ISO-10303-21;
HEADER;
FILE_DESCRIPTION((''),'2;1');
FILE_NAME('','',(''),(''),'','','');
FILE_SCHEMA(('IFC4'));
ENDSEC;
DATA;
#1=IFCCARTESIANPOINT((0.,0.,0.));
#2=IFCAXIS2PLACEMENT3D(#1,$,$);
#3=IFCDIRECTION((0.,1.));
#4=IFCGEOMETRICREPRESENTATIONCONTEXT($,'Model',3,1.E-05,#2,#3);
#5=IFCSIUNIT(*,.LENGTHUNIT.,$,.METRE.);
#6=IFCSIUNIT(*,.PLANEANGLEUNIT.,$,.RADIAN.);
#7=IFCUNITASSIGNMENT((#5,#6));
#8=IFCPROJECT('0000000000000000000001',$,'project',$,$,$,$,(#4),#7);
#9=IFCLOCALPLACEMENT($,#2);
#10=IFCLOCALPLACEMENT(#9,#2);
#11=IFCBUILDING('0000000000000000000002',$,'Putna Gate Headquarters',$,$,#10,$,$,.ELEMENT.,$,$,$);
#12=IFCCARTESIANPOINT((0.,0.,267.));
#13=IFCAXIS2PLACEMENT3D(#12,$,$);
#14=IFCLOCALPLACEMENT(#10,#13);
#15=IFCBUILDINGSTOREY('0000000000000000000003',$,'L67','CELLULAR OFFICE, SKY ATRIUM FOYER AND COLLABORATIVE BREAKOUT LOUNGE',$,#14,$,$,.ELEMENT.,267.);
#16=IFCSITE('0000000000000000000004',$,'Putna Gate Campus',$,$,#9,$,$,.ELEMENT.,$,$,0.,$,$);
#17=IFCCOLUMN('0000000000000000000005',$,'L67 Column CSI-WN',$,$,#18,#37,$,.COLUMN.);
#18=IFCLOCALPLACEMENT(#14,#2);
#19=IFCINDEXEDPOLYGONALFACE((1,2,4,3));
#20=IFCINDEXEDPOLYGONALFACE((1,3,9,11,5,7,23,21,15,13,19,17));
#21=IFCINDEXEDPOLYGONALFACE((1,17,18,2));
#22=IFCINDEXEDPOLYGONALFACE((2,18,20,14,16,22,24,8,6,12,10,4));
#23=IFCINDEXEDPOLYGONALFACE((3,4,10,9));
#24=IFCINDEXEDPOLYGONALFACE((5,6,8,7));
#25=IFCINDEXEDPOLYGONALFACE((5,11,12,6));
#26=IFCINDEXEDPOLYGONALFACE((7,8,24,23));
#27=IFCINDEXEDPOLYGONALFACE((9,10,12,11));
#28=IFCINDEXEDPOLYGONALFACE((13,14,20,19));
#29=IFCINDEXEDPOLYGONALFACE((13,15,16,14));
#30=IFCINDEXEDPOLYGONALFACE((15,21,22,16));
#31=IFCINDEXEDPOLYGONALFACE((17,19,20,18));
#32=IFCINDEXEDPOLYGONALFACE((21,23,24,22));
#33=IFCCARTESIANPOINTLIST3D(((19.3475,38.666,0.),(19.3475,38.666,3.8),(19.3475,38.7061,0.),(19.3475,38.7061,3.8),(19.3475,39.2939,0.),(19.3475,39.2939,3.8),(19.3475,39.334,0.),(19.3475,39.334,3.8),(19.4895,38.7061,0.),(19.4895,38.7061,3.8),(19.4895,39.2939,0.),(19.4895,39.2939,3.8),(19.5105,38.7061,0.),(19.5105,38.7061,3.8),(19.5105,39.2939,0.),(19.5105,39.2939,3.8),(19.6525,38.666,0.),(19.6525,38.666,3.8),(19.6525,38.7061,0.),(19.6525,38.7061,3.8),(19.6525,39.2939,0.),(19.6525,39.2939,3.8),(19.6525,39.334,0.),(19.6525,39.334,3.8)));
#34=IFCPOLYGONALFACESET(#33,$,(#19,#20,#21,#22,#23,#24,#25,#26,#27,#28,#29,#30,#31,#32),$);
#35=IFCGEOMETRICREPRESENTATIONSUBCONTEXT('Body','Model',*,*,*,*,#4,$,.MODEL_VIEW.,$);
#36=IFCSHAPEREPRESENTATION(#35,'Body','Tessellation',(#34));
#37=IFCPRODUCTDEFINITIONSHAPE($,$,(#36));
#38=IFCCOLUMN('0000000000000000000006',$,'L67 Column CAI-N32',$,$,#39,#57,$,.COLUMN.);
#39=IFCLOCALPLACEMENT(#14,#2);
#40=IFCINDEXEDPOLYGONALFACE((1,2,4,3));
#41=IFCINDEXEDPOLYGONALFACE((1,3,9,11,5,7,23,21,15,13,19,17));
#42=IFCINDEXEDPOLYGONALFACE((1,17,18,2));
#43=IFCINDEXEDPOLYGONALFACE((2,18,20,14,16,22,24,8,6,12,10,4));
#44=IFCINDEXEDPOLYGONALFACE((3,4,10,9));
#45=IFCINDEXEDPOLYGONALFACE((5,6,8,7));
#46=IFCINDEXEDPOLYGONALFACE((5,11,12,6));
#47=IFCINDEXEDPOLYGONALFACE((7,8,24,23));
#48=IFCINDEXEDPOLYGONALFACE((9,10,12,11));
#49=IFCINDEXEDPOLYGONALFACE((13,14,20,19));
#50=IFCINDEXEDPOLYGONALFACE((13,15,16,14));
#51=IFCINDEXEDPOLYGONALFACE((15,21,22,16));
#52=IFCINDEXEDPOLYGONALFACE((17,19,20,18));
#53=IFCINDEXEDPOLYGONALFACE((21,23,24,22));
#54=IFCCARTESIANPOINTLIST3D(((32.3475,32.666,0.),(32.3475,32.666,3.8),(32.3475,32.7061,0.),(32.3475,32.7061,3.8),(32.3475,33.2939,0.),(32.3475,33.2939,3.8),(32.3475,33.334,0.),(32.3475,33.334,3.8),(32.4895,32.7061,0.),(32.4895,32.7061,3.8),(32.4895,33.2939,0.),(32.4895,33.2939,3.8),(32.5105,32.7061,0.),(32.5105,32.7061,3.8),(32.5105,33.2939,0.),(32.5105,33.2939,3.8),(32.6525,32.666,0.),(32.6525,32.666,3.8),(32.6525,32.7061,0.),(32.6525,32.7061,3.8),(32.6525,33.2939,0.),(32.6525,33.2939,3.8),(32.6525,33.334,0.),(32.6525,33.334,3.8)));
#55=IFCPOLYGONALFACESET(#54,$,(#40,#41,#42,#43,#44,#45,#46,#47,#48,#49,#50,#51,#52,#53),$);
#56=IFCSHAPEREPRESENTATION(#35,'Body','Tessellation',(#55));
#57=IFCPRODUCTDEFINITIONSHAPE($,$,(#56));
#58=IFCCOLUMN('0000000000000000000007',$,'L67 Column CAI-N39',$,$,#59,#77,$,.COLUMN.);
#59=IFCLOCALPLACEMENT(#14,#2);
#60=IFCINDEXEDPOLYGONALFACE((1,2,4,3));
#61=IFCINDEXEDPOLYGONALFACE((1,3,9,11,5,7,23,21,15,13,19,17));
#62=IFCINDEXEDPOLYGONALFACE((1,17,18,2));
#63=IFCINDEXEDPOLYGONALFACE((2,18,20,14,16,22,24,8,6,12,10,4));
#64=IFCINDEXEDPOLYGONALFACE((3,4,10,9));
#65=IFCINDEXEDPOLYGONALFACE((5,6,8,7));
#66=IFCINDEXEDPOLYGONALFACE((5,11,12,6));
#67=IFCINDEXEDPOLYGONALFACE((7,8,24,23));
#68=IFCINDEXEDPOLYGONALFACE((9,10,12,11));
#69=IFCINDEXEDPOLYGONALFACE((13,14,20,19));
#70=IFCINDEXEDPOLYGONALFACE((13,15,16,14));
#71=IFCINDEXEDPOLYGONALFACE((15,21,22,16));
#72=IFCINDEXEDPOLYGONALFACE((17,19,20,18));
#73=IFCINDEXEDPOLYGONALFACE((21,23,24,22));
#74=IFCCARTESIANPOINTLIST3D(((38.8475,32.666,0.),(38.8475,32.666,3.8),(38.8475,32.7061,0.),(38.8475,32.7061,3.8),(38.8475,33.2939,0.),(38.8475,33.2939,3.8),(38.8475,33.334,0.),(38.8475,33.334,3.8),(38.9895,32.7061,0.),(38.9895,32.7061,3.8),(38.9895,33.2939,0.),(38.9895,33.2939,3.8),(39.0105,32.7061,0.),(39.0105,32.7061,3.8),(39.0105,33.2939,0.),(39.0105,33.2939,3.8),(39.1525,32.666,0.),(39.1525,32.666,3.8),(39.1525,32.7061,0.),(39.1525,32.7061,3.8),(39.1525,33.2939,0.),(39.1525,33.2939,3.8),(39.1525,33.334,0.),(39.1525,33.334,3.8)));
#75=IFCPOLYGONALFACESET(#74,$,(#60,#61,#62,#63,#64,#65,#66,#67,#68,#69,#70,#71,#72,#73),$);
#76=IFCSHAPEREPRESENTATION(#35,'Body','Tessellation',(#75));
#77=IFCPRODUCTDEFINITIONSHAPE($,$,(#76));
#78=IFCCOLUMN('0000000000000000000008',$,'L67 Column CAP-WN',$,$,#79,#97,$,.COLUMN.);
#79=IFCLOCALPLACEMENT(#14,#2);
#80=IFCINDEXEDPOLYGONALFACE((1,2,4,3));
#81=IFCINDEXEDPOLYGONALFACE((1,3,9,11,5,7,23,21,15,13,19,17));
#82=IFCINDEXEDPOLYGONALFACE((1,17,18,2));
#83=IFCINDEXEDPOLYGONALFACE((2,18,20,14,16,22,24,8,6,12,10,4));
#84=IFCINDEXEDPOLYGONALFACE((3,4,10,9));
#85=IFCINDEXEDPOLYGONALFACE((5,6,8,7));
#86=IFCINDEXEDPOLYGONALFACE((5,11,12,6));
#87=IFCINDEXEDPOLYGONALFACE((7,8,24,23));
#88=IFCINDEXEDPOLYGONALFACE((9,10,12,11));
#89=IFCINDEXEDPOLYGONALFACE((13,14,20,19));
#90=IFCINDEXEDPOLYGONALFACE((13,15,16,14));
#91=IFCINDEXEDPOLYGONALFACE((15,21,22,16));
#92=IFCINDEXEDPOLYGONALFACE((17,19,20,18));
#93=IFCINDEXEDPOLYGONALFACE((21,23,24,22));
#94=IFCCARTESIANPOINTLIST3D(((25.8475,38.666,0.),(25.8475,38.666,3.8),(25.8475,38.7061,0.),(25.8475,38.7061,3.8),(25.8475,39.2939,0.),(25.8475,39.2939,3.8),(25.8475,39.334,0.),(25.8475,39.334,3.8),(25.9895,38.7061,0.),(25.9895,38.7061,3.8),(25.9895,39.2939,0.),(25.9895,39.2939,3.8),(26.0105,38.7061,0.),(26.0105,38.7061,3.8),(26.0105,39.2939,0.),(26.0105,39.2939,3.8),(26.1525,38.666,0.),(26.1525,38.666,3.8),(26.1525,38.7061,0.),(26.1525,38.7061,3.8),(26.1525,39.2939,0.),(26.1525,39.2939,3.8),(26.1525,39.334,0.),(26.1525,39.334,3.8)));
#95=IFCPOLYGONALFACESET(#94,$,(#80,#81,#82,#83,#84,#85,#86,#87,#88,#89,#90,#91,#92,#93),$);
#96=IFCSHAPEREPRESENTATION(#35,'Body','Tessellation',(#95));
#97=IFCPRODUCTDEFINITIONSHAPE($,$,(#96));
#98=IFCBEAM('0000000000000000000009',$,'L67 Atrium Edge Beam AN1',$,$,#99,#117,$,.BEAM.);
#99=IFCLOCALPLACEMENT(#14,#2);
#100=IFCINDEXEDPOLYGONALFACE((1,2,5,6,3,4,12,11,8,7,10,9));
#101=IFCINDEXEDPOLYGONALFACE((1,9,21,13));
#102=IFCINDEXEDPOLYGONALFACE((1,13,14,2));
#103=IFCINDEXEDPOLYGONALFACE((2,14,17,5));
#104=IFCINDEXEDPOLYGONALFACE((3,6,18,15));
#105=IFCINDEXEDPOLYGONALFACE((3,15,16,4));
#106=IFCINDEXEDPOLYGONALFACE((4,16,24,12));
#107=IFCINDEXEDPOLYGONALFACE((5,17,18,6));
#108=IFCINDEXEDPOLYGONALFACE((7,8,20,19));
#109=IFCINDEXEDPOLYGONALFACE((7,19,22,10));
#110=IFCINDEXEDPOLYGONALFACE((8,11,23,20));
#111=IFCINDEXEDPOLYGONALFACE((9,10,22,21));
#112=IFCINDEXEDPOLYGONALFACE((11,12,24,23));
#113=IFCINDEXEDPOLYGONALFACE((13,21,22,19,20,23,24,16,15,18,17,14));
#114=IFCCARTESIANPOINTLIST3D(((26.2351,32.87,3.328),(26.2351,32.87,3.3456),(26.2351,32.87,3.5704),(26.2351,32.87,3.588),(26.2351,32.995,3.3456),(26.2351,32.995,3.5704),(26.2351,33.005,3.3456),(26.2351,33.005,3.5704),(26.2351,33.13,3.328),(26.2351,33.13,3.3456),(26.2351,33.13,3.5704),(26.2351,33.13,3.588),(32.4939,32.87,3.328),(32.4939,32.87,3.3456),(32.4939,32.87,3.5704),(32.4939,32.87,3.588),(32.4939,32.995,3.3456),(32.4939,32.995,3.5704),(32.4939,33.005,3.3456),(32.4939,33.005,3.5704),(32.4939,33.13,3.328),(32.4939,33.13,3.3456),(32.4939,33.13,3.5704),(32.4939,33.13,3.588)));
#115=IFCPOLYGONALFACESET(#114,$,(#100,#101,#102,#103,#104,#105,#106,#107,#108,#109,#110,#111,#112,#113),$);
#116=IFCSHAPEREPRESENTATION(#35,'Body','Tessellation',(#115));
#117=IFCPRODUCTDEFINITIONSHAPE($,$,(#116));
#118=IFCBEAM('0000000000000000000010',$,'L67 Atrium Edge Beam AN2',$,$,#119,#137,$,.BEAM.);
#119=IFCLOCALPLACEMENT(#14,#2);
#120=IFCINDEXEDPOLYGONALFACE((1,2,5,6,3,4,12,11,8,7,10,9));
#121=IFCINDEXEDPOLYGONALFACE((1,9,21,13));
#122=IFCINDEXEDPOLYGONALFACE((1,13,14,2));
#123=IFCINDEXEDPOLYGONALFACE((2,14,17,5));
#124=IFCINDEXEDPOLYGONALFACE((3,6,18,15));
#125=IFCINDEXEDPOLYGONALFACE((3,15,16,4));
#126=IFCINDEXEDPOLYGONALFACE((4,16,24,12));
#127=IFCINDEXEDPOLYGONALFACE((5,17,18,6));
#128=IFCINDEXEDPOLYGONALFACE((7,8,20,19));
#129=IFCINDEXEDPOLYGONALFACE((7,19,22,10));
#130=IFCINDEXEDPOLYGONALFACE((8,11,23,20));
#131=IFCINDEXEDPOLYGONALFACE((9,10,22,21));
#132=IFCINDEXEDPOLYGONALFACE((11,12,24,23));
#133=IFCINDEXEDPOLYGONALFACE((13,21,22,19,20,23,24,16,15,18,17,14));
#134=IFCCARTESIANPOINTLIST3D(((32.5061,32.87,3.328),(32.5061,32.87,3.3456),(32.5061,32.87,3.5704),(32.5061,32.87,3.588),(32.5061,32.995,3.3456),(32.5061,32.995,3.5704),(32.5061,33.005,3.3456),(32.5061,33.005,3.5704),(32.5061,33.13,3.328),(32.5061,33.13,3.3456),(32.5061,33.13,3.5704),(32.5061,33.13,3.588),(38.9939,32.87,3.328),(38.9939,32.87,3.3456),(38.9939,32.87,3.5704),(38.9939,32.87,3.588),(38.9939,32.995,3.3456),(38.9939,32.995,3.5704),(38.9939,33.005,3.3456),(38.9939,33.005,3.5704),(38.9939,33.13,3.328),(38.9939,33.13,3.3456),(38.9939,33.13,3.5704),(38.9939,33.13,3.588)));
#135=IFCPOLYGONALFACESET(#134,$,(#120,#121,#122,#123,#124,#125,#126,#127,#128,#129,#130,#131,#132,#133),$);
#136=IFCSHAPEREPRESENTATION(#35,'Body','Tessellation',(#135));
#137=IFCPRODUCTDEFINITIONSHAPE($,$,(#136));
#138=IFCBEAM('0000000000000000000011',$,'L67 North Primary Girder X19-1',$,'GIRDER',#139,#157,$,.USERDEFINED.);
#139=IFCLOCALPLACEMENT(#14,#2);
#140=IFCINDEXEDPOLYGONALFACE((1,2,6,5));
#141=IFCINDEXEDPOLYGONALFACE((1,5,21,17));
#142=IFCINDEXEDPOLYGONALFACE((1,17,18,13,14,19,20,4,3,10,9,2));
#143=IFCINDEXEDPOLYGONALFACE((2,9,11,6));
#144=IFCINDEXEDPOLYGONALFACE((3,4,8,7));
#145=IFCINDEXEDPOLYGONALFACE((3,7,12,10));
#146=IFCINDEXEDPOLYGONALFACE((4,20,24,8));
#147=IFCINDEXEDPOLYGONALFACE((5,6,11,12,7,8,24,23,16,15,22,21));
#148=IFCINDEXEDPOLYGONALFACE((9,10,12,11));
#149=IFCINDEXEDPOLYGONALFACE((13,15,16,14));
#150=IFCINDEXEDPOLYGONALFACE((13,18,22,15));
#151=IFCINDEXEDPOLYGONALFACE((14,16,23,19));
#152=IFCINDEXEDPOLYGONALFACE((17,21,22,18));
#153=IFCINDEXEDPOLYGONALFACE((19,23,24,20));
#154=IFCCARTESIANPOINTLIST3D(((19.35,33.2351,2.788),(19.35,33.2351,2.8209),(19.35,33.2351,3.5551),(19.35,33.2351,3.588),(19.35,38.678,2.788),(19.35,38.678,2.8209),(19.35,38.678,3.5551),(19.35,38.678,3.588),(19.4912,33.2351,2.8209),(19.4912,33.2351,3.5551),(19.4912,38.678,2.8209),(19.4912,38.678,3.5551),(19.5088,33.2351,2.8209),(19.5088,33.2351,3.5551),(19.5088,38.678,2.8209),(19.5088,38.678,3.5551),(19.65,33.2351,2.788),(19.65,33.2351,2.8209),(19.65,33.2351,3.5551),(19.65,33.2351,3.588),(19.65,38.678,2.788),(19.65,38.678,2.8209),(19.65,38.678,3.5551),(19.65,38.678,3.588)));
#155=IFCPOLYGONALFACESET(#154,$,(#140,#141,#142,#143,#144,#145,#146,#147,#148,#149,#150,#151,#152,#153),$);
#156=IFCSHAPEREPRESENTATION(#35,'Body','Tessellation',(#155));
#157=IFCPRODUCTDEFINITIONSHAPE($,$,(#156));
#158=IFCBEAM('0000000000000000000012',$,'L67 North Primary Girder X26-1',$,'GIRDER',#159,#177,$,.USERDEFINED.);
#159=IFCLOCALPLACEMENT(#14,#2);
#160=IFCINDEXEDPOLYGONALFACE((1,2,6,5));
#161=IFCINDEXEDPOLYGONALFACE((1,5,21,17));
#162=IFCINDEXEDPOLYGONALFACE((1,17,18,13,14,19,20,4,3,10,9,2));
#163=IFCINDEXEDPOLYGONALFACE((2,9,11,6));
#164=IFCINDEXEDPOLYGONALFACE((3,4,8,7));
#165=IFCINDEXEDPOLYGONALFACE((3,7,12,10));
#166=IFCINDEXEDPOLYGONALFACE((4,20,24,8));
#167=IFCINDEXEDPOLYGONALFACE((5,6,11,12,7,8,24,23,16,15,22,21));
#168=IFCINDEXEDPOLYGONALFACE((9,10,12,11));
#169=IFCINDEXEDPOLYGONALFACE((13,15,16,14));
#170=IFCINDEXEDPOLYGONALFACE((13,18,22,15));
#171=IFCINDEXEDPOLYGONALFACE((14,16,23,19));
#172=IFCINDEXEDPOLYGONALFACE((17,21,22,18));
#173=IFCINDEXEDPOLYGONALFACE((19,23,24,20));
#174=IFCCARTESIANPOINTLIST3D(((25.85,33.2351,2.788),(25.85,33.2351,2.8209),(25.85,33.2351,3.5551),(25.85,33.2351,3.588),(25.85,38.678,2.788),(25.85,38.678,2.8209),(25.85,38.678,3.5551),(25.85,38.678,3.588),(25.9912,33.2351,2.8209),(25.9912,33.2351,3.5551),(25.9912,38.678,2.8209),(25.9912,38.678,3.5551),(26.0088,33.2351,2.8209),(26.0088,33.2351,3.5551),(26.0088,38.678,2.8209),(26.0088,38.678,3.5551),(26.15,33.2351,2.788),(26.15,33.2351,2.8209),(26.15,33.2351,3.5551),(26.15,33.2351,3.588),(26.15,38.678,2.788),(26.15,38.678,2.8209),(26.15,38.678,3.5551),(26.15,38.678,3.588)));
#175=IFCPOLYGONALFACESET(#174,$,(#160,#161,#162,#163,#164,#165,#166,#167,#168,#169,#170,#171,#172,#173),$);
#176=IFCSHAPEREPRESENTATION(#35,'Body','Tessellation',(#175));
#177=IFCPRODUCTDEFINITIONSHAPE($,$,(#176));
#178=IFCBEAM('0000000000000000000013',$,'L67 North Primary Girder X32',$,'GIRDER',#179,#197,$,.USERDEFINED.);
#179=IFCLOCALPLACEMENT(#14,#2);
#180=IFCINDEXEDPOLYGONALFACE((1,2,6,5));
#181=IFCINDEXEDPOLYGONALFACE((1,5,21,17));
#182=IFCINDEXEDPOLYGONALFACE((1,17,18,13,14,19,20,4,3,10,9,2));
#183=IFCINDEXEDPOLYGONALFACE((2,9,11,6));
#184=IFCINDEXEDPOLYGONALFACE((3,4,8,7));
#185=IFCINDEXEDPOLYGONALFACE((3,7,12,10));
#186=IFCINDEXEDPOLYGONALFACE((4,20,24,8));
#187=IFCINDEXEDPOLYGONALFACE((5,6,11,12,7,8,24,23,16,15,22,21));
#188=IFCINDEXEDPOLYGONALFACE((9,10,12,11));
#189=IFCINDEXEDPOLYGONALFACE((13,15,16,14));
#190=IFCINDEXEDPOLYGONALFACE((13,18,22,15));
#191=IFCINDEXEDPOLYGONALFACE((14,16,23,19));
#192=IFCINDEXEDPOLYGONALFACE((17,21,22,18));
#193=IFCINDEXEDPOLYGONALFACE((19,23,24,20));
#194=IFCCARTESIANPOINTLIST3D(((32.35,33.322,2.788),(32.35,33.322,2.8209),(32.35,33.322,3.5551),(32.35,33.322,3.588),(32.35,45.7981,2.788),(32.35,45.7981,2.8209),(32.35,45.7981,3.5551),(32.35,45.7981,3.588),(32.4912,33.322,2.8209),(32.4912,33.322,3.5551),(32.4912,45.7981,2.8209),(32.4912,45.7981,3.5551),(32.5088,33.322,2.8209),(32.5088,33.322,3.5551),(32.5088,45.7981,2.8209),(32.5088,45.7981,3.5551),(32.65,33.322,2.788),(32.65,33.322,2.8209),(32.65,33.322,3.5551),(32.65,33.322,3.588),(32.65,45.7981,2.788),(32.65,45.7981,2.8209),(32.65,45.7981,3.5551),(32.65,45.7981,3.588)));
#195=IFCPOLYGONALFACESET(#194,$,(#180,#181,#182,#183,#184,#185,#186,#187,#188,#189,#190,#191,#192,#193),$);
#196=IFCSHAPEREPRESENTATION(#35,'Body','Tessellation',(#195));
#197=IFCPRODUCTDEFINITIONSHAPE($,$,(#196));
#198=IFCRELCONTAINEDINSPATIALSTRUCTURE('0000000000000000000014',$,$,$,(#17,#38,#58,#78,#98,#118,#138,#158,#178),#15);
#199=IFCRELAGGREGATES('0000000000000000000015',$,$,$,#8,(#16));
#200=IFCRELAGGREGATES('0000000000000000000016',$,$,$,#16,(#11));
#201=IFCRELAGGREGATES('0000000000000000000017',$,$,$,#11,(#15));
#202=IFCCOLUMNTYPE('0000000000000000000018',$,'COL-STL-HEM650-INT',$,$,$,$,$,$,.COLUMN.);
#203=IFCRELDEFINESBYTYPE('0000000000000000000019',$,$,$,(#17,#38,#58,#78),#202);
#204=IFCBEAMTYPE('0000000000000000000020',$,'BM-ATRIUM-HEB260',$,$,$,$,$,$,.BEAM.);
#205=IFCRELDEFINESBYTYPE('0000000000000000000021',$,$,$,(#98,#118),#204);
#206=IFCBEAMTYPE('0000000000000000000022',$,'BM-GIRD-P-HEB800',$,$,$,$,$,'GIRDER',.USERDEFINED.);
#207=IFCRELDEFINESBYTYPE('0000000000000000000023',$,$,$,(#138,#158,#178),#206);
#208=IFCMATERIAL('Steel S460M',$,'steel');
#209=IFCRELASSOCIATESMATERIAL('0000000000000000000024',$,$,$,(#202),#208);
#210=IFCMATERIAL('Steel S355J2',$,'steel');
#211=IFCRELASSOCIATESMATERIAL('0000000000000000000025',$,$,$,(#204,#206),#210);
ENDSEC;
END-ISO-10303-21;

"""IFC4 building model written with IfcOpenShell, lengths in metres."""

from ifc_helpers import new_model, si_unit, direction, frame, origin, origin_2d, place, context, subcontext, project, spatial, i_section, extrude, material, material_profile, profile_set, type_object, element, save


model = new_model("IFC4")

# Units and contexts
model_context = context("Model", 3, precision=1e-05, world=origin(), true_north=direction((0.0, 1.0)))
body_context = subcontext(model_context, "Body", "Model", "MODEL_VIEW")
ifc_project = project(units=[si_unit("LENGTHUNIT", "METRE"), si_unit("PLANEANGLEUNIT", "RADIAN")], contexts=[model_context])

# Site, building, storey
site_placement = place(None, origin())
site = spatial("IfcSite", under=ifc_project, at=site_placement, Name="Putna Gate Campus", CompositionType="ELEMENT", RefElevation=0.0)
building_placement = place(site_placement, origin())
building = spatial("IfcBuilding", under=site, at=building_placement, Name="Putna Gate Headquarters", CompositionType="ELEMENT")
storey_placement = place(building_placement, frame((0.0, 0.0, 267.0)))
storey = spatial("IfcBuildingStorey", under=building, at=storey_placement, Name="L67", Description="CELLULAR OFFICE, SKY ATRIUM FOYER AND COLLABORATIVE BREAKOUT LOUNGE", CompositionType="ELEMENT", Elevation=267.0)

# Columns
ifc_material_1 = material(Name="Steel S460M", Category="steel")
ifc_material_profile_1 = material_profile(ifc_material_1, i_section(OverallWidth=0.3049, OverallDepth=0.668, WebThickness=0.021, FlangeThickness=0.04, at=origin_2d()), Name="Steel S460M")
ifc_profile_set_1 = profile_set([ifc_material_profile_1], Name="Steel S460M")
column_type = type_object("IfcColumnType", Name="COL-STL-HEM650-INT", PredefinedType="COLUMN", material=ifc_profile_set_1)
for number, where, z_axis, x_axis, name in (
    (1, (19.5, 39.0, 0.0), (0.0, 0.0, 1.0), (1.0, 0.0, 0.0), "L67 Column CSI-WN"),
    (2, (32.5, 33.0, 0.0), (0.0, 0.0, 1.0), (1.0, 0.0, 0.0), "L67 Column CAI-N32"),
    (3, (39.0, 33.0, 0.0), (0.0, 0.0, 1.0), (1.0, 0.0, 0.0), "L67 Column CAI-N39"),
    (4, (26.0, 39.0, 0.0), (0.0, 0.0, 1.0), (1.0, 0.0, 0.0), "L67 Column CAP-WN"),
):
    element("IfcColumn", number, at=place(storey_placement, frame(where, z_axis=z_axis, x_axis=x_axis)), inside=storey, type_object=column_type, Name=name, PredefinedType="COLUMN", context=body_context, shape_type="SweptSolid", body=[
        extrude(i_section(OverallWidth=0.3049, OverallDepth=0.668, WebThickness=0.021, FlangeThickness=0.04, at=origin_2d()), origin(), (0.0, 0.0, 1.0), 3.8),
    ])

# Beams
ifc_material_2 = material(Name="Steel S355J2", Category="steel")
ifc_material_profile_2 = material_profile(ifc_material_2, i_section(OverallWidth=0.26, OverallDepth=0.26, WebThickness=0.01, FlangeThickness=0.0176, at=origin_2d()), Name="Steel S355J2")
ifc_profile_set_2 = profile_set([ifc_material_profile_2], Name="Steel S355J2")
beam_type_1 = type_object("IfcBeamType", Name="BM-ATRIUM-HEB260", PredefinedType="BEAM", material=ifc_profile_set_2)
beam_1_placement = place(storey_placement, frame((26.2351, 33.0, 3.458), z_axis=(1.0, 0.0, 0.0), x_axis=(0.0, 1.0, 0.0)))
element("IfcBeam", 5, at=beam_1_placement, inside=storey, type_object=beam_type_1, Name="L67 Atrium Edge Beam AN1", PredefinedType="BEAM", context=body_context, shape_type="SweptSolid", body=[
    extrude(i_section(OverallWidth=0.26, OverallDepth=0.26, WebThickness=0.01, FlangeThickness=0.0176, at=origin_2d()), origin(), (0.0, 0.0, 1.0), 6.2588),
])
beam_2_placement = place(storey_placement, frame((32.5061, 33.0, 3.458), z_axis=(1.0, 0.0, 0.0), x_axis=(0.0, 1.0, 0.0)))
element("IfcBeam", 6, at=beam_2_placement, inside=storey, type_object=beam_type_1, Name="L67 Atrium Edge Beam AN2", PredefinedType="BEAM", context=body_context, shape_type="SweptSolid", body=[
    extrude(i_section(OverallWidth=0.26, OverallDepth=0.26, WebThickness=0.01, FlangeThickness=0.0176, at=origin_2d()), origin(), (0.0, 0.0, 1.0), 6.4878),
])
ifc_material_profile_3 = material_profile(ifc_material_2, i_section(OverallWidth=0.3, OverallDepth=0.8, WebThickness=0.0176, FlangeThickness=0.033, at=origin_2d()), Name="Steel S355J2")
ifc_profile_set_3 = profile_set([ifc_material_profile_3], Name="Steel S355J2")
beam_type_2 = type_object("IfcBeamType", Name="BM-GIRD-P-HEB800", ElementType="GIRDER", PredefinedType="USERDEFINED", material=ifc_profile_set_3)
for number, where, z_axis, x_axis, name in (
    (7, (19.5, 33.2351, 3.188), (0.0, 1.0, 0.0), (-1.0, 0.0, 0.0), "L67 North Primary Girder X19-1"),
    (8, (26.0, 33.2351, 3.188), (0.0, 1.0, 0.0), (-1.0, 0.0, 0.0), "L67 North Primary Girder X26-1"),
):
    element("IfcBeam", number, at=place(storey_placement, frame(where, z_axis=z_axis, x_axis=x_axis)), inside=storey, type_object=beam_type_2, Name=name, ObjectType="GIRDER", PredefinedType="USERDEFINED", context=body_context, shape_type="SweptSolid", body=[
        extrude(i_section(OverallWidth=0.3, OverallDepth=0.8, WebThickness=0.0176, FlangeThickness=0.033, at=origin_2d()), origin(), (0.0, 0.0, 1.0), 5.4429),
    ])
for number, where, z_axis, x_axis, name in (
    (9, (32.5, 33.322, 3.188), (0.0, 1.0, 0.0), (-1.0, 0.0, 0.0), "L67 North Primary Girder X32"),
):
    element("IfcBeam", number, at=place(storey_placement, frame(where, z_axis=z_axis, x_axis=x_axis)), inside=storey, type_object=beam_type_2, Name=name, ObjectType="GIRDER", PredefinedType="USERDEFINED", context=body_context, shape_type="SweptSolid", body=[
        extrude(i_section(OverallWidth=0.3, OverallDepth=0.8, WebThickness=0.0176, FlangeThickness=0.033, at=origin_2d()), origin(), (0.0, 0.0, 1.0), 12.4761),
    ])

save(model, "model.ifc")
